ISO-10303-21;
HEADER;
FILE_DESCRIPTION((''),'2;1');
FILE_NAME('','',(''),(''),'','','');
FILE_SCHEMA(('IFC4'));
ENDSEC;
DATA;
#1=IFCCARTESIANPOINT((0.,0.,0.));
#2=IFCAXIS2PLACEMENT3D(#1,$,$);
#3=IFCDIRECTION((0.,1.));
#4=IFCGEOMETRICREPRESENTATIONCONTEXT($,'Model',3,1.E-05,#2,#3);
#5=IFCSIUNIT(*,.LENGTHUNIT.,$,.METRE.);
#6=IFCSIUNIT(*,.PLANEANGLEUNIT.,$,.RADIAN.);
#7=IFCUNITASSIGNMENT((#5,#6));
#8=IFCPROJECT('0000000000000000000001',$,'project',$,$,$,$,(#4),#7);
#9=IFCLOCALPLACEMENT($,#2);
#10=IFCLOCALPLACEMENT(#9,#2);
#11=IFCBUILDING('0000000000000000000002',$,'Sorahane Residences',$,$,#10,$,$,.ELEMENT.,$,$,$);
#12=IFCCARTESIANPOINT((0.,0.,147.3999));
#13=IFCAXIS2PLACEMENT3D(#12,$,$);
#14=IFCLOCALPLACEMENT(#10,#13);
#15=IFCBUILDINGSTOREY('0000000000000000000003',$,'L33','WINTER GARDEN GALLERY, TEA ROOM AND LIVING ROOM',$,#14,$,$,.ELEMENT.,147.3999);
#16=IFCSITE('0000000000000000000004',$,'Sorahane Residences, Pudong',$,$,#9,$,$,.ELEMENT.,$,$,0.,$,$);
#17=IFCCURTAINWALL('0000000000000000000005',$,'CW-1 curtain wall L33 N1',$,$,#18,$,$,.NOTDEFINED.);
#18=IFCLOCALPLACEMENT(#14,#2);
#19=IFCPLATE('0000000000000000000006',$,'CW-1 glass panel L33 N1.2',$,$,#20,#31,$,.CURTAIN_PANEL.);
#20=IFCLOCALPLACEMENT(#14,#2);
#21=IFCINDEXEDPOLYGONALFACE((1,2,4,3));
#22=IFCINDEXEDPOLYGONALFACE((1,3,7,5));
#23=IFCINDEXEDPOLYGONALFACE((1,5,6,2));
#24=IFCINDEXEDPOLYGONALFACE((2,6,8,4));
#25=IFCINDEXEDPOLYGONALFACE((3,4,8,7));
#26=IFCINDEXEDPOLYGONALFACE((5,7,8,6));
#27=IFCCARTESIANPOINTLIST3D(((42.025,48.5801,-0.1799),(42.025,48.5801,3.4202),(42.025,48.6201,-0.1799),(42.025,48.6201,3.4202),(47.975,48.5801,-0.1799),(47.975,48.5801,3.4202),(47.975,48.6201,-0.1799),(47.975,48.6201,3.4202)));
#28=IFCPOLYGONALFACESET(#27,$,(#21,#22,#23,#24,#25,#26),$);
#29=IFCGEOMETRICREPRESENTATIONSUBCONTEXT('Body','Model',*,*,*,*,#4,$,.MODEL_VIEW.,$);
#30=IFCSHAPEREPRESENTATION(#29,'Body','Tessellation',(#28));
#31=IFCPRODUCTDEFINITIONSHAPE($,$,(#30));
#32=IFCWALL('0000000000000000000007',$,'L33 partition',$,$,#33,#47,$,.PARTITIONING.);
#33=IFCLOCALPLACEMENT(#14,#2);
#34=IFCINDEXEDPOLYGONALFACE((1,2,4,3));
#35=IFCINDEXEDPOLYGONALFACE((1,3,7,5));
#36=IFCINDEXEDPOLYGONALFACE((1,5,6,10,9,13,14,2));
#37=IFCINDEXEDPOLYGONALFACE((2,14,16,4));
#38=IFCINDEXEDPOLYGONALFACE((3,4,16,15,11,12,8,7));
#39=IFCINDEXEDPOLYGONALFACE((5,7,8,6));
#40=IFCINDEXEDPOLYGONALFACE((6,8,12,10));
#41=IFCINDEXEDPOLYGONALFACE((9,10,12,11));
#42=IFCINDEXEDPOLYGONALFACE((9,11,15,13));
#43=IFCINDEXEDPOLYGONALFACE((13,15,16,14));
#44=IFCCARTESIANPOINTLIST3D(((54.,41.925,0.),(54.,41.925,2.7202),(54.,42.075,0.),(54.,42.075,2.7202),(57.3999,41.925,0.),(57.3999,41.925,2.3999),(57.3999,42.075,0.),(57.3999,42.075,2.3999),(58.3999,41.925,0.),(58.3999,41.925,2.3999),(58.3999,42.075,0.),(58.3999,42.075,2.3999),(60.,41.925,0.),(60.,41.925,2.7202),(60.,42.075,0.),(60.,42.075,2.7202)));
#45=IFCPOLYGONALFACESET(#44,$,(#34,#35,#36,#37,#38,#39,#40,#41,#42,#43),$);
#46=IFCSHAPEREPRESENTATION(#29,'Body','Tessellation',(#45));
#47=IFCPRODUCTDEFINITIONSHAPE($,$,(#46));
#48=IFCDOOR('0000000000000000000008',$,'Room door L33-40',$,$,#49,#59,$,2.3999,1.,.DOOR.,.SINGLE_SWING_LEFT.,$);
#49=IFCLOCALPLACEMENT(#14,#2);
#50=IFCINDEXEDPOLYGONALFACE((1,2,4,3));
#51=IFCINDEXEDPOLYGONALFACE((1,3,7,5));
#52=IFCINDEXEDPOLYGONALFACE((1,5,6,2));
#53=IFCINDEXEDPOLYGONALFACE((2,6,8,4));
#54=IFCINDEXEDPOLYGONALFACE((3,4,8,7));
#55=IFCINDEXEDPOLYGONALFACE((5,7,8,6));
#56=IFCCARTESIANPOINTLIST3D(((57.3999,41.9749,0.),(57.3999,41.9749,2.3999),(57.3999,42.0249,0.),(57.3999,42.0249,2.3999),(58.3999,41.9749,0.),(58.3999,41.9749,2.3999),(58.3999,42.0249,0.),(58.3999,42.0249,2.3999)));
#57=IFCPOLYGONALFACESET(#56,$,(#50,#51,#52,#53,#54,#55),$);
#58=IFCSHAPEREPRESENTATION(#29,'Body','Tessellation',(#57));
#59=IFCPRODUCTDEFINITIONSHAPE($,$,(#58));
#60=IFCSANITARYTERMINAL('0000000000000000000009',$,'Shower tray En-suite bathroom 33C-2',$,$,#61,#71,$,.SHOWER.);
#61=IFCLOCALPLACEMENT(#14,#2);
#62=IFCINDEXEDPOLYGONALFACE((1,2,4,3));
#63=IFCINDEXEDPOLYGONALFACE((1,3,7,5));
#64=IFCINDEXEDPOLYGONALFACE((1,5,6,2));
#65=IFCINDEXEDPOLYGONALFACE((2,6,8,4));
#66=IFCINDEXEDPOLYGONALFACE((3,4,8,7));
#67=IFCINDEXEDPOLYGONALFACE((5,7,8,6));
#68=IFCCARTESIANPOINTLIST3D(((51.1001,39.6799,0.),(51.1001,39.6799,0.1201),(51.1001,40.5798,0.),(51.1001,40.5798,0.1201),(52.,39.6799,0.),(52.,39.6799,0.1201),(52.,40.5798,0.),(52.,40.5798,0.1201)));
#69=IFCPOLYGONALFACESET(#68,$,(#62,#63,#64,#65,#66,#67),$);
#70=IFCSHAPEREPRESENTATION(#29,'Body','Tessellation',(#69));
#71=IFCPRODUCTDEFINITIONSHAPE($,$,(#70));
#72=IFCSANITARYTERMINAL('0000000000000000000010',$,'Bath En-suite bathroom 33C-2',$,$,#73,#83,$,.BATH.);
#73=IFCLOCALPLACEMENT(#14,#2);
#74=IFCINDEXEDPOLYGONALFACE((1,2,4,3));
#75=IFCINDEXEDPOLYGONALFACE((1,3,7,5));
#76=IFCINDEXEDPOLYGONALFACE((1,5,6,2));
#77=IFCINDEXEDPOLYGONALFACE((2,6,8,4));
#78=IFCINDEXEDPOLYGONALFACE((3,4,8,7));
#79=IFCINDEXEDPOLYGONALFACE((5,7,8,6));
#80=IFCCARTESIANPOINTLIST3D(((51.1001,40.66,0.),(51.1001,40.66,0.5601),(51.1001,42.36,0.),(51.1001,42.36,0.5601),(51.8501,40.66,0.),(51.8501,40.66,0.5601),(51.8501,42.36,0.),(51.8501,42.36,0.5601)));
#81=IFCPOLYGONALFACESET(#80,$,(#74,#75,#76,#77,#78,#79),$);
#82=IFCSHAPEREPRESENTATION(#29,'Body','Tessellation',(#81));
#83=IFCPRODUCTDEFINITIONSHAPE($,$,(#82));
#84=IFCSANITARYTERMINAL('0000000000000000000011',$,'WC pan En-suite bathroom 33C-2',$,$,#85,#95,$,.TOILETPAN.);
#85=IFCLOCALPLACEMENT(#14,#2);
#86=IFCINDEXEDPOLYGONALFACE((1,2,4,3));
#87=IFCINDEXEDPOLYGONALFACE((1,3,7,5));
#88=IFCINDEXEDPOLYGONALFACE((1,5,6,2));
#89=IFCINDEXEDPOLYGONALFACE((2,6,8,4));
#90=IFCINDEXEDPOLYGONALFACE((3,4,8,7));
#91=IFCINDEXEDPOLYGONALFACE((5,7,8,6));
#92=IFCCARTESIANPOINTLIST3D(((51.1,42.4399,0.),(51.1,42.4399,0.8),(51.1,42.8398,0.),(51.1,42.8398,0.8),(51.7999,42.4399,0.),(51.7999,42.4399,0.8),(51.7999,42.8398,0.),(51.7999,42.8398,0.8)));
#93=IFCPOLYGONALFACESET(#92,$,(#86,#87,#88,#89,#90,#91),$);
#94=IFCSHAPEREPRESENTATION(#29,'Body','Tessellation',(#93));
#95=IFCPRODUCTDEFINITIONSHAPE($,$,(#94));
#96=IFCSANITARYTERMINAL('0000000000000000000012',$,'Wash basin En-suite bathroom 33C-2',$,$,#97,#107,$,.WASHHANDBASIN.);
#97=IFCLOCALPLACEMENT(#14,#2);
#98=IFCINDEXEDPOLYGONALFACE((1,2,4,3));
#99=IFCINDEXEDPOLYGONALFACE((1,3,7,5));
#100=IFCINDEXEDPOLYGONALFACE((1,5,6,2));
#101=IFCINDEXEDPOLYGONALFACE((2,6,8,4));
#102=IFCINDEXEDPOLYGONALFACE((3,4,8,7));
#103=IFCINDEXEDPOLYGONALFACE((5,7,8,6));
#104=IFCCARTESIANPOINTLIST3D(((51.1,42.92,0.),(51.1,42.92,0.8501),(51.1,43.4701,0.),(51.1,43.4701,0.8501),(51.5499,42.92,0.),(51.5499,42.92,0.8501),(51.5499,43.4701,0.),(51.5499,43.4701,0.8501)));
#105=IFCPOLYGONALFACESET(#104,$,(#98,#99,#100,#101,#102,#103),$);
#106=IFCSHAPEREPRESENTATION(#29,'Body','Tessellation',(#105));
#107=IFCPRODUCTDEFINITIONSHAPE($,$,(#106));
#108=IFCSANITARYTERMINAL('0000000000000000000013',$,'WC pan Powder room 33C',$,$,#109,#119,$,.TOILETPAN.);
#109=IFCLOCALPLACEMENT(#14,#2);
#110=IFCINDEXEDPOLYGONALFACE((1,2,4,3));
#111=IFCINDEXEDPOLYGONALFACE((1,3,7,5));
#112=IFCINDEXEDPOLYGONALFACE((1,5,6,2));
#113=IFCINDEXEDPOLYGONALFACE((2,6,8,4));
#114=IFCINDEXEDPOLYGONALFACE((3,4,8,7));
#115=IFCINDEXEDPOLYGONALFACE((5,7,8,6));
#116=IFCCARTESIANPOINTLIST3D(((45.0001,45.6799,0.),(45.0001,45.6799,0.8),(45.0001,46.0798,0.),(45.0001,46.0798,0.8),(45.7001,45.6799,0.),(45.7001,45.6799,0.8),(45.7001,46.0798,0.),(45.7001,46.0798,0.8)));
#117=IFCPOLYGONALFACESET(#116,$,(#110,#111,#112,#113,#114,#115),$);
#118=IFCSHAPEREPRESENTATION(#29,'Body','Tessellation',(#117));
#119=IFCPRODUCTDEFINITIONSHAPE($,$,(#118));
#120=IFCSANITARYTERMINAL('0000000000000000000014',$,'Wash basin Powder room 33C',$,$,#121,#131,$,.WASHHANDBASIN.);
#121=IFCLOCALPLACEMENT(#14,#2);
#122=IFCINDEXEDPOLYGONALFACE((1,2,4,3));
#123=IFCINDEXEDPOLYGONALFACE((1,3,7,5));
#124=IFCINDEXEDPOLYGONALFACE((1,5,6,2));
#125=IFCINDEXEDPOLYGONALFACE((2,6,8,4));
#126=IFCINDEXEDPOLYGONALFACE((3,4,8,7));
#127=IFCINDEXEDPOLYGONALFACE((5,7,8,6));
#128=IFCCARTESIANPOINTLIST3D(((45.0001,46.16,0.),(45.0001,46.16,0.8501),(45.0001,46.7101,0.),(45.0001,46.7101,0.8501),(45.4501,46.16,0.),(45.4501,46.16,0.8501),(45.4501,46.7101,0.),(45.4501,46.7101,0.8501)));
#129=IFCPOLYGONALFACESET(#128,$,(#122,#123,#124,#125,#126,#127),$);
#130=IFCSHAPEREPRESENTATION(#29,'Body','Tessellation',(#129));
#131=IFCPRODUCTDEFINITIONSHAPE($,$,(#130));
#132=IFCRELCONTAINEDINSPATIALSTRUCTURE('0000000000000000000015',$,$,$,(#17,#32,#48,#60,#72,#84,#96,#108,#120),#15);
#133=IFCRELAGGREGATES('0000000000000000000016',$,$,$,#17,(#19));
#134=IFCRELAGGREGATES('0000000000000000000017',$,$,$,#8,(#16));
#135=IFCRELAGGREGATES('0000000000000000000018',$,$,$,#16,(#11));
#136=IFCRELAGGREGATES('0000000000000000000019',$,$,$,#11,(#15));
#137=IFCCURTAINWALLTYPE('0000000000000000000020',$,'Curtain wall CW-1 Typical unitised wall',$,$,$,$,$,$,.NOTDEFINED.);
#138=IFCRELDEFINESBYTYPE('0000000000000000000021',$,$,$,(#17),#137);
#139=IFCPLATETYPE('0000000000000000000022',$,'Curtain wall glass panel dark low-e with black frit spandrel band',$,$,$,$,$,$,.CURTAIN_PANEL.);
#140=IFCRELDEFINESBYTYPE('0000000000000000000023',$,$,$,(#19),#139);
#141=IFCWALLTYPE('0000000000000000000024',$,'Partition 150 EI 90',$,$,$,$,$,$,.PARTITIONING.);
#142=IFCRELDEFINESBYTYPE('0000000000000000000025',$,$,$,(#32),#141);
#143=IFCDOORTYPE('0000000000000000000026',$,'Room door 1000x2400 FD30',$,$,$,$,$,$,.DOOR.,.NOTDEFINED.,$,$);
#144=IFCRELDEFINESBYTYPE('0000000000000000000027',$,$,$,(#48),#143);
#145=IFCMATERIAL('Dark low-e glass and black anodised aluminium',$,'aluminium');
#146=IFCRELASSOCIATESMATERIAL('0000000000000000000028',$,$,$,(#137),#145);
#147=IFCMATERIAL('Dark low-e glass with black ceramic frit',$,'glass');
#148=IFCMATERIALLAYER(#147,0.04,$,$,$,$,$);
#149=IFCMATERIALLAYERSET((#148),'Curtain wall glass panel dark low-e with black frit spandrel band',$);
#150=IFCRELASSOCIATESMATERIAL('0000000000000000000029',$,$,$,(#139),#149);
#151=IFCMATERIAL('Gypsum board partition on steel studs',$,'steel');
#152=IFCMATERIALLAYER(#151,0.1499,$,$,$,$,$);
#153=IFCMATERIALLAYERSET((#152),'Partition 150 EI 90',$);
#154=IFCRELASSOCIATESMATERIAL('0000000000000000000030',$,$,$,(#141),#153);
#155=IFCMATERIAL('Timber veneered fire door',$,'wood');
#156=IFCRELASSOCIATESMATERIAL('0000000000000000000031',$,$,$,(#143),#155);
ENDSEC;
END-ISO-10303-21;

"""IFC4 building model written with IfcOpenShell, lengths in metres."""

from ifc_helpers import new_model, si_unit, direction, frame, frame_2d, origin, origin_2d, place, context, subcontext, project, spatial, rectangle, extrude, material, layer, layer_set, type_object, element, fill, aggregate, save


model = new_model("IFC4")

# Units and contexts
model_context = context("Model", 3, precision=1e-05, world=origin(), true_north=direction((0.0, 1.0)))
body_context = subcontext(model_context, "Body", "Model", "MODEL_VIEW")
ifc_project = project(units=[si_unit("LENGTHUNIT", "METRE"), si_unit("PLANEANGLEUNIT", "RADIAN")], contexts=[model_context])

# Site, building, storey
site_placement = place(None, origin())
site = spatial("IfcSite", under=ifc_project, at=site_placement, Name="Sorahane Residences, Pudong", CompositionType="ELEMENT", RefElevation=0.0)
building_placement = place(site_placement, origin())
building = spatial("IfcBuilding", under=site, at=building_placement, Name="Sorahane Residences", CompositionType="ELEMENT")
storey_placement = place(building_placement, frame((0.0, 0.0, 147.3999)))
storey = spatial("IfcBuildingStorey", under=building, at=storey_placement, Name="L33", Description="WINTER GARDEN GALLERY, TEA ROOM AND LIVING ROOM", CompositionType="ELEMENT", Elevation=147.3999)

# Curtain wall
ifc_material_1 = material(Name="Dark low-e glass and black anodised aluminium", Category="aluminium")
curtain_wall_type_1 = type_object("IfcCurtainWallType", Name="Curtain wall CW-1 Typical unitised wall", PredefinedType="NOTDEFINED", material=ifc_material_1)
curtain_wall_1_placement = place(storey_placement, origin())
curtain_wall_1 = element("IfcCurtainWall", 1, at=curtain_wall_1_placement, inside=storey, type_object=curtain_wall_type_1, Name="CW-1 curtain wall L33 N1", PredefinedType="NOTDEFINED")

# Plate
ifc_material_2 = material(Name="Dark low-e glass with black ceramic frit", Category="glass")
ifc_layer_1 = layer(ifc_material_2, 0.04)
ifc_layer_set_1 = layer_set([ifc_layer_1], Name="Curtain wall glass panel dark low-e with black frit spandrel band")
plate_type = type_object("IfcPlateType", Name="Curtain wall glass panel dark low-e with black frit spandrel band", PredefinedType="CURTAIN_PANEL", material=ifc_layer_set_1)
plate_1_placement = place(storey_placement, frame((45.0, 48.6001, -0.1799), z_axis=(0.0, 0.0, 1.0), x_axis=(-1.0, 0.0, 0.0)))
plate_1 = element("IfcPlate", 2, at=plate_1_placement, type_object=plate_type, Name="CW-1 glass panel L33 N1.2", PredefinedType="CURTAIN_PANEL", context=body_context, shape_type="SweptSolid", body=[
    extrude(rectangle(XDim=5.95, YDim=0.04, at=origin_2d()), origin(), (0.0, 0.0, 1.0), 3.6001),
])
aggregate(curtain_wall_1, [plate_1])

# Wall, opening, door
ifc_material_3 = material(Name="Gypsum board partition on steel studs", Category="steel")
ifc_layer_2 = layer(ifc_material_3, 0.1499)
ifc_layer_set_2 = layer_set([ifc_layer_2], Name="Partition 150 EI 90")
wall_type_1 = type_object("IfcWallType", Name="Partition 150 EI 90", PredefinedType="PARTITIONING", material=ifc_layer_set_2)
wall_1_placement = place(storey_placement, frame((54.0, 42.0, 0.0), z_axis=(0.0, 0.0, 1.0), x_axis=(1.0, 0.0, 0.0)))
wall_1 = element("IfcWall", 3, at=wall_1_placement, inside=storey, type_object=wall_type_1, Name="L33 partition", PredefinedType="PARTITIONING", context=body_context, shape_type="SweptSolid", body=[
    extrude(rectangle(XDim=6.0, YDim=0.1499, at=frame_2d((3.0, 0.0))), origin(), (0.0, 0.0, 1.0), 2.7202),
])
opening_1_placement = place(wall_1_placement, frame((3.3999, 0.0, 0.0)))
opening_1 = element("IfcOpeningElement", 4, at=opening_1_placement, cuts=wall_1, PredefinedType="OPENING", context=body_context, shape_type="SweptSolid", body=[
    extrude(rectangle(XDim=1.0, YDim=2.3999, at=frame_2d((0.5, 1.2))), frame((0.0, 0.085, 0.0), z_axis=(0.0, -1.0, 0.0), x_axis=(1.0, 0.0, 0.0)), (0.0, 0.0, 1.0), 0.1699),
])
ifc_material_4 = material(Name="Timber veneered fire door", Category="wood")
door_type_1 = type_object("IfcDoorType", Name="Room door 1000x2400 FD30", OperationType="NOTDEFINED", PredefinedType="DOOR", material=ifc_material_4)
door_1_placement = place(opening_1_placement, origin())
door_1 = element("IfcDoor", 5, at=door_1_placement, inside=storey, type_object=door_type_1, Name="Room door L33-40", OperationType="SINGLE_SWING_LEFT", OverallHeight=2.3999, OverallWidth=1.0, PredefinedType="DOOR", context=body_context, shape_type="SweptSolid", body=[
    extrude(rectangle(XDim=1.0, YDim=2.3999, at=frame_2d((0.5, 1.2))), frame((0.0, 0.0249, 0.0), z_axis=(0.0, -1.0, 0.0), x_axis=(1.0, 0.0, 0.0)), (0.0, 0.0, 1.0), 0.05),
])
fill(opening_1, door_1)

# Sanitary terminals
sanitary_terminal_1_placement = place(storey_placement, frame((51.55, 40.1299, 0.0), z_axis=(0.0, 0.0, 1.0), x_axis=(0.0, 1.0, 0.0)))
element("IfcSanitaryTerminal", 6, at=sanitary_terminal_1_placement, inside=storey, Name="Shower tray En-suite bathroom 33C-2", PredefinedType="SHOWER", context=body_context, shape_type="SweptSolid", body=[
    extrude(rectangle(XDim=0.8999, YDim=0.8999, at=origin_2d()), origin(), (0.0, 0.0, 1.0), 0.1201),
])
sanitary_terminal_2_placement = place(storey_placement, frame((51.4751, 41.51, 0.0), z_axis=(0.0, 0.0, 1.0), x_axis=(0.0, 1.0, 0.0)))
element("IfcSanitaryTerminal", 7, at=sanitary_terminal_2_placement, inside=storey, Name="Bath En-suite bathroom 33C-2", PredefinedType="BATH", context=body_context, shape_type="SweptSolid", body=[
    extrude(rectangle(XDim=1.7, YDim=0.75, at=origin_2d()), origin(), (0.0, 0.0, 1.0), 0.5601),
])
sanitary_terminal_3_placement = place(storey_placement, frame((51.45, 42.6399, 0.0), z_axis=(0.0, 0.0, 1.0), x_axis=(0.0, 1.0, 0.0)))
element("IfcSanitaryTerminal", 8, at=sanitary_terminal_3_placement, inside=storey, Name="WC pan En-suite bathroom 33C-2", PredefinedType="TOILETPAN", context=body_context, shape_type="SweptSolid", body=[
    extrude(rectangle(XDim=0.3999, YDim=0.7, at=origin_2d()), origin(), (0.0, 0.0, 1.0), 0.8),
])
sanitary_terminal_4_placement = place(storey_placement, frame((51.325, 43.1951, 0.0), z_axis=(0.0, 0.0, 1.0), x_axis=(0.0, 1.0, 0.0)))
element("IfcSanitaryTerminal", 9, at=sanitary_terminal_4_placement, inside=storey, Name="Wash basin En-suite bathroom 33C-2", PredefinedType="WASHHANDBASIN", context=body_context, shape_type="SweptSolid", body=[
    extrude(rectangle(XDim=0.55, YDim=0.45, at=origin_2d()), origin(), (0.0, 0.0, 1.0), 0.8501),
])
sanitary_terminal_5_placement = place(storey_placement, frame((45.3501, 45.8799, 0.0), z_axis=(0.0, 0.0, 1.0), x_axis=(0.0, 1.0, 0.0)))
element("IfcSanitaryTerminal", 10, at=sanitary_terminal_5_placement, inside=storey, Name="WC pan Powder room 33C", PredefinedType="TOILETPAN", context=body_context, shape_type="SweptSolid", body=[
    extrude(rectangle(XDim=0.3999, YDim=0.7, at=origin_2d()), origin(), (0.0, 0.0, 1.0), 0.8),
])
sanitary_terminal_6_placement = place(storey_placement, frame((45.2251, 46.4351, 0.0), z_axis=(0.0, 0.0, 1.0), x_axis=(0.0, 1.0, 0.0)))
element("IfcSanitaryTerminal", 11, at=sanitary_terminal_6_placement, inside=storey, Name="Wash basin Powder room 33C", PredefinedType="WASHHANDBASIN", context=body_context, shape_type="SweptSolid", body=[
    extrude(rectangle(XDim=0.55, YDim=0.45, at=origin_2d()), origin(), (0.0, 0.0, 1.0), 0.8501),
])

save(model, "model.ifc")
